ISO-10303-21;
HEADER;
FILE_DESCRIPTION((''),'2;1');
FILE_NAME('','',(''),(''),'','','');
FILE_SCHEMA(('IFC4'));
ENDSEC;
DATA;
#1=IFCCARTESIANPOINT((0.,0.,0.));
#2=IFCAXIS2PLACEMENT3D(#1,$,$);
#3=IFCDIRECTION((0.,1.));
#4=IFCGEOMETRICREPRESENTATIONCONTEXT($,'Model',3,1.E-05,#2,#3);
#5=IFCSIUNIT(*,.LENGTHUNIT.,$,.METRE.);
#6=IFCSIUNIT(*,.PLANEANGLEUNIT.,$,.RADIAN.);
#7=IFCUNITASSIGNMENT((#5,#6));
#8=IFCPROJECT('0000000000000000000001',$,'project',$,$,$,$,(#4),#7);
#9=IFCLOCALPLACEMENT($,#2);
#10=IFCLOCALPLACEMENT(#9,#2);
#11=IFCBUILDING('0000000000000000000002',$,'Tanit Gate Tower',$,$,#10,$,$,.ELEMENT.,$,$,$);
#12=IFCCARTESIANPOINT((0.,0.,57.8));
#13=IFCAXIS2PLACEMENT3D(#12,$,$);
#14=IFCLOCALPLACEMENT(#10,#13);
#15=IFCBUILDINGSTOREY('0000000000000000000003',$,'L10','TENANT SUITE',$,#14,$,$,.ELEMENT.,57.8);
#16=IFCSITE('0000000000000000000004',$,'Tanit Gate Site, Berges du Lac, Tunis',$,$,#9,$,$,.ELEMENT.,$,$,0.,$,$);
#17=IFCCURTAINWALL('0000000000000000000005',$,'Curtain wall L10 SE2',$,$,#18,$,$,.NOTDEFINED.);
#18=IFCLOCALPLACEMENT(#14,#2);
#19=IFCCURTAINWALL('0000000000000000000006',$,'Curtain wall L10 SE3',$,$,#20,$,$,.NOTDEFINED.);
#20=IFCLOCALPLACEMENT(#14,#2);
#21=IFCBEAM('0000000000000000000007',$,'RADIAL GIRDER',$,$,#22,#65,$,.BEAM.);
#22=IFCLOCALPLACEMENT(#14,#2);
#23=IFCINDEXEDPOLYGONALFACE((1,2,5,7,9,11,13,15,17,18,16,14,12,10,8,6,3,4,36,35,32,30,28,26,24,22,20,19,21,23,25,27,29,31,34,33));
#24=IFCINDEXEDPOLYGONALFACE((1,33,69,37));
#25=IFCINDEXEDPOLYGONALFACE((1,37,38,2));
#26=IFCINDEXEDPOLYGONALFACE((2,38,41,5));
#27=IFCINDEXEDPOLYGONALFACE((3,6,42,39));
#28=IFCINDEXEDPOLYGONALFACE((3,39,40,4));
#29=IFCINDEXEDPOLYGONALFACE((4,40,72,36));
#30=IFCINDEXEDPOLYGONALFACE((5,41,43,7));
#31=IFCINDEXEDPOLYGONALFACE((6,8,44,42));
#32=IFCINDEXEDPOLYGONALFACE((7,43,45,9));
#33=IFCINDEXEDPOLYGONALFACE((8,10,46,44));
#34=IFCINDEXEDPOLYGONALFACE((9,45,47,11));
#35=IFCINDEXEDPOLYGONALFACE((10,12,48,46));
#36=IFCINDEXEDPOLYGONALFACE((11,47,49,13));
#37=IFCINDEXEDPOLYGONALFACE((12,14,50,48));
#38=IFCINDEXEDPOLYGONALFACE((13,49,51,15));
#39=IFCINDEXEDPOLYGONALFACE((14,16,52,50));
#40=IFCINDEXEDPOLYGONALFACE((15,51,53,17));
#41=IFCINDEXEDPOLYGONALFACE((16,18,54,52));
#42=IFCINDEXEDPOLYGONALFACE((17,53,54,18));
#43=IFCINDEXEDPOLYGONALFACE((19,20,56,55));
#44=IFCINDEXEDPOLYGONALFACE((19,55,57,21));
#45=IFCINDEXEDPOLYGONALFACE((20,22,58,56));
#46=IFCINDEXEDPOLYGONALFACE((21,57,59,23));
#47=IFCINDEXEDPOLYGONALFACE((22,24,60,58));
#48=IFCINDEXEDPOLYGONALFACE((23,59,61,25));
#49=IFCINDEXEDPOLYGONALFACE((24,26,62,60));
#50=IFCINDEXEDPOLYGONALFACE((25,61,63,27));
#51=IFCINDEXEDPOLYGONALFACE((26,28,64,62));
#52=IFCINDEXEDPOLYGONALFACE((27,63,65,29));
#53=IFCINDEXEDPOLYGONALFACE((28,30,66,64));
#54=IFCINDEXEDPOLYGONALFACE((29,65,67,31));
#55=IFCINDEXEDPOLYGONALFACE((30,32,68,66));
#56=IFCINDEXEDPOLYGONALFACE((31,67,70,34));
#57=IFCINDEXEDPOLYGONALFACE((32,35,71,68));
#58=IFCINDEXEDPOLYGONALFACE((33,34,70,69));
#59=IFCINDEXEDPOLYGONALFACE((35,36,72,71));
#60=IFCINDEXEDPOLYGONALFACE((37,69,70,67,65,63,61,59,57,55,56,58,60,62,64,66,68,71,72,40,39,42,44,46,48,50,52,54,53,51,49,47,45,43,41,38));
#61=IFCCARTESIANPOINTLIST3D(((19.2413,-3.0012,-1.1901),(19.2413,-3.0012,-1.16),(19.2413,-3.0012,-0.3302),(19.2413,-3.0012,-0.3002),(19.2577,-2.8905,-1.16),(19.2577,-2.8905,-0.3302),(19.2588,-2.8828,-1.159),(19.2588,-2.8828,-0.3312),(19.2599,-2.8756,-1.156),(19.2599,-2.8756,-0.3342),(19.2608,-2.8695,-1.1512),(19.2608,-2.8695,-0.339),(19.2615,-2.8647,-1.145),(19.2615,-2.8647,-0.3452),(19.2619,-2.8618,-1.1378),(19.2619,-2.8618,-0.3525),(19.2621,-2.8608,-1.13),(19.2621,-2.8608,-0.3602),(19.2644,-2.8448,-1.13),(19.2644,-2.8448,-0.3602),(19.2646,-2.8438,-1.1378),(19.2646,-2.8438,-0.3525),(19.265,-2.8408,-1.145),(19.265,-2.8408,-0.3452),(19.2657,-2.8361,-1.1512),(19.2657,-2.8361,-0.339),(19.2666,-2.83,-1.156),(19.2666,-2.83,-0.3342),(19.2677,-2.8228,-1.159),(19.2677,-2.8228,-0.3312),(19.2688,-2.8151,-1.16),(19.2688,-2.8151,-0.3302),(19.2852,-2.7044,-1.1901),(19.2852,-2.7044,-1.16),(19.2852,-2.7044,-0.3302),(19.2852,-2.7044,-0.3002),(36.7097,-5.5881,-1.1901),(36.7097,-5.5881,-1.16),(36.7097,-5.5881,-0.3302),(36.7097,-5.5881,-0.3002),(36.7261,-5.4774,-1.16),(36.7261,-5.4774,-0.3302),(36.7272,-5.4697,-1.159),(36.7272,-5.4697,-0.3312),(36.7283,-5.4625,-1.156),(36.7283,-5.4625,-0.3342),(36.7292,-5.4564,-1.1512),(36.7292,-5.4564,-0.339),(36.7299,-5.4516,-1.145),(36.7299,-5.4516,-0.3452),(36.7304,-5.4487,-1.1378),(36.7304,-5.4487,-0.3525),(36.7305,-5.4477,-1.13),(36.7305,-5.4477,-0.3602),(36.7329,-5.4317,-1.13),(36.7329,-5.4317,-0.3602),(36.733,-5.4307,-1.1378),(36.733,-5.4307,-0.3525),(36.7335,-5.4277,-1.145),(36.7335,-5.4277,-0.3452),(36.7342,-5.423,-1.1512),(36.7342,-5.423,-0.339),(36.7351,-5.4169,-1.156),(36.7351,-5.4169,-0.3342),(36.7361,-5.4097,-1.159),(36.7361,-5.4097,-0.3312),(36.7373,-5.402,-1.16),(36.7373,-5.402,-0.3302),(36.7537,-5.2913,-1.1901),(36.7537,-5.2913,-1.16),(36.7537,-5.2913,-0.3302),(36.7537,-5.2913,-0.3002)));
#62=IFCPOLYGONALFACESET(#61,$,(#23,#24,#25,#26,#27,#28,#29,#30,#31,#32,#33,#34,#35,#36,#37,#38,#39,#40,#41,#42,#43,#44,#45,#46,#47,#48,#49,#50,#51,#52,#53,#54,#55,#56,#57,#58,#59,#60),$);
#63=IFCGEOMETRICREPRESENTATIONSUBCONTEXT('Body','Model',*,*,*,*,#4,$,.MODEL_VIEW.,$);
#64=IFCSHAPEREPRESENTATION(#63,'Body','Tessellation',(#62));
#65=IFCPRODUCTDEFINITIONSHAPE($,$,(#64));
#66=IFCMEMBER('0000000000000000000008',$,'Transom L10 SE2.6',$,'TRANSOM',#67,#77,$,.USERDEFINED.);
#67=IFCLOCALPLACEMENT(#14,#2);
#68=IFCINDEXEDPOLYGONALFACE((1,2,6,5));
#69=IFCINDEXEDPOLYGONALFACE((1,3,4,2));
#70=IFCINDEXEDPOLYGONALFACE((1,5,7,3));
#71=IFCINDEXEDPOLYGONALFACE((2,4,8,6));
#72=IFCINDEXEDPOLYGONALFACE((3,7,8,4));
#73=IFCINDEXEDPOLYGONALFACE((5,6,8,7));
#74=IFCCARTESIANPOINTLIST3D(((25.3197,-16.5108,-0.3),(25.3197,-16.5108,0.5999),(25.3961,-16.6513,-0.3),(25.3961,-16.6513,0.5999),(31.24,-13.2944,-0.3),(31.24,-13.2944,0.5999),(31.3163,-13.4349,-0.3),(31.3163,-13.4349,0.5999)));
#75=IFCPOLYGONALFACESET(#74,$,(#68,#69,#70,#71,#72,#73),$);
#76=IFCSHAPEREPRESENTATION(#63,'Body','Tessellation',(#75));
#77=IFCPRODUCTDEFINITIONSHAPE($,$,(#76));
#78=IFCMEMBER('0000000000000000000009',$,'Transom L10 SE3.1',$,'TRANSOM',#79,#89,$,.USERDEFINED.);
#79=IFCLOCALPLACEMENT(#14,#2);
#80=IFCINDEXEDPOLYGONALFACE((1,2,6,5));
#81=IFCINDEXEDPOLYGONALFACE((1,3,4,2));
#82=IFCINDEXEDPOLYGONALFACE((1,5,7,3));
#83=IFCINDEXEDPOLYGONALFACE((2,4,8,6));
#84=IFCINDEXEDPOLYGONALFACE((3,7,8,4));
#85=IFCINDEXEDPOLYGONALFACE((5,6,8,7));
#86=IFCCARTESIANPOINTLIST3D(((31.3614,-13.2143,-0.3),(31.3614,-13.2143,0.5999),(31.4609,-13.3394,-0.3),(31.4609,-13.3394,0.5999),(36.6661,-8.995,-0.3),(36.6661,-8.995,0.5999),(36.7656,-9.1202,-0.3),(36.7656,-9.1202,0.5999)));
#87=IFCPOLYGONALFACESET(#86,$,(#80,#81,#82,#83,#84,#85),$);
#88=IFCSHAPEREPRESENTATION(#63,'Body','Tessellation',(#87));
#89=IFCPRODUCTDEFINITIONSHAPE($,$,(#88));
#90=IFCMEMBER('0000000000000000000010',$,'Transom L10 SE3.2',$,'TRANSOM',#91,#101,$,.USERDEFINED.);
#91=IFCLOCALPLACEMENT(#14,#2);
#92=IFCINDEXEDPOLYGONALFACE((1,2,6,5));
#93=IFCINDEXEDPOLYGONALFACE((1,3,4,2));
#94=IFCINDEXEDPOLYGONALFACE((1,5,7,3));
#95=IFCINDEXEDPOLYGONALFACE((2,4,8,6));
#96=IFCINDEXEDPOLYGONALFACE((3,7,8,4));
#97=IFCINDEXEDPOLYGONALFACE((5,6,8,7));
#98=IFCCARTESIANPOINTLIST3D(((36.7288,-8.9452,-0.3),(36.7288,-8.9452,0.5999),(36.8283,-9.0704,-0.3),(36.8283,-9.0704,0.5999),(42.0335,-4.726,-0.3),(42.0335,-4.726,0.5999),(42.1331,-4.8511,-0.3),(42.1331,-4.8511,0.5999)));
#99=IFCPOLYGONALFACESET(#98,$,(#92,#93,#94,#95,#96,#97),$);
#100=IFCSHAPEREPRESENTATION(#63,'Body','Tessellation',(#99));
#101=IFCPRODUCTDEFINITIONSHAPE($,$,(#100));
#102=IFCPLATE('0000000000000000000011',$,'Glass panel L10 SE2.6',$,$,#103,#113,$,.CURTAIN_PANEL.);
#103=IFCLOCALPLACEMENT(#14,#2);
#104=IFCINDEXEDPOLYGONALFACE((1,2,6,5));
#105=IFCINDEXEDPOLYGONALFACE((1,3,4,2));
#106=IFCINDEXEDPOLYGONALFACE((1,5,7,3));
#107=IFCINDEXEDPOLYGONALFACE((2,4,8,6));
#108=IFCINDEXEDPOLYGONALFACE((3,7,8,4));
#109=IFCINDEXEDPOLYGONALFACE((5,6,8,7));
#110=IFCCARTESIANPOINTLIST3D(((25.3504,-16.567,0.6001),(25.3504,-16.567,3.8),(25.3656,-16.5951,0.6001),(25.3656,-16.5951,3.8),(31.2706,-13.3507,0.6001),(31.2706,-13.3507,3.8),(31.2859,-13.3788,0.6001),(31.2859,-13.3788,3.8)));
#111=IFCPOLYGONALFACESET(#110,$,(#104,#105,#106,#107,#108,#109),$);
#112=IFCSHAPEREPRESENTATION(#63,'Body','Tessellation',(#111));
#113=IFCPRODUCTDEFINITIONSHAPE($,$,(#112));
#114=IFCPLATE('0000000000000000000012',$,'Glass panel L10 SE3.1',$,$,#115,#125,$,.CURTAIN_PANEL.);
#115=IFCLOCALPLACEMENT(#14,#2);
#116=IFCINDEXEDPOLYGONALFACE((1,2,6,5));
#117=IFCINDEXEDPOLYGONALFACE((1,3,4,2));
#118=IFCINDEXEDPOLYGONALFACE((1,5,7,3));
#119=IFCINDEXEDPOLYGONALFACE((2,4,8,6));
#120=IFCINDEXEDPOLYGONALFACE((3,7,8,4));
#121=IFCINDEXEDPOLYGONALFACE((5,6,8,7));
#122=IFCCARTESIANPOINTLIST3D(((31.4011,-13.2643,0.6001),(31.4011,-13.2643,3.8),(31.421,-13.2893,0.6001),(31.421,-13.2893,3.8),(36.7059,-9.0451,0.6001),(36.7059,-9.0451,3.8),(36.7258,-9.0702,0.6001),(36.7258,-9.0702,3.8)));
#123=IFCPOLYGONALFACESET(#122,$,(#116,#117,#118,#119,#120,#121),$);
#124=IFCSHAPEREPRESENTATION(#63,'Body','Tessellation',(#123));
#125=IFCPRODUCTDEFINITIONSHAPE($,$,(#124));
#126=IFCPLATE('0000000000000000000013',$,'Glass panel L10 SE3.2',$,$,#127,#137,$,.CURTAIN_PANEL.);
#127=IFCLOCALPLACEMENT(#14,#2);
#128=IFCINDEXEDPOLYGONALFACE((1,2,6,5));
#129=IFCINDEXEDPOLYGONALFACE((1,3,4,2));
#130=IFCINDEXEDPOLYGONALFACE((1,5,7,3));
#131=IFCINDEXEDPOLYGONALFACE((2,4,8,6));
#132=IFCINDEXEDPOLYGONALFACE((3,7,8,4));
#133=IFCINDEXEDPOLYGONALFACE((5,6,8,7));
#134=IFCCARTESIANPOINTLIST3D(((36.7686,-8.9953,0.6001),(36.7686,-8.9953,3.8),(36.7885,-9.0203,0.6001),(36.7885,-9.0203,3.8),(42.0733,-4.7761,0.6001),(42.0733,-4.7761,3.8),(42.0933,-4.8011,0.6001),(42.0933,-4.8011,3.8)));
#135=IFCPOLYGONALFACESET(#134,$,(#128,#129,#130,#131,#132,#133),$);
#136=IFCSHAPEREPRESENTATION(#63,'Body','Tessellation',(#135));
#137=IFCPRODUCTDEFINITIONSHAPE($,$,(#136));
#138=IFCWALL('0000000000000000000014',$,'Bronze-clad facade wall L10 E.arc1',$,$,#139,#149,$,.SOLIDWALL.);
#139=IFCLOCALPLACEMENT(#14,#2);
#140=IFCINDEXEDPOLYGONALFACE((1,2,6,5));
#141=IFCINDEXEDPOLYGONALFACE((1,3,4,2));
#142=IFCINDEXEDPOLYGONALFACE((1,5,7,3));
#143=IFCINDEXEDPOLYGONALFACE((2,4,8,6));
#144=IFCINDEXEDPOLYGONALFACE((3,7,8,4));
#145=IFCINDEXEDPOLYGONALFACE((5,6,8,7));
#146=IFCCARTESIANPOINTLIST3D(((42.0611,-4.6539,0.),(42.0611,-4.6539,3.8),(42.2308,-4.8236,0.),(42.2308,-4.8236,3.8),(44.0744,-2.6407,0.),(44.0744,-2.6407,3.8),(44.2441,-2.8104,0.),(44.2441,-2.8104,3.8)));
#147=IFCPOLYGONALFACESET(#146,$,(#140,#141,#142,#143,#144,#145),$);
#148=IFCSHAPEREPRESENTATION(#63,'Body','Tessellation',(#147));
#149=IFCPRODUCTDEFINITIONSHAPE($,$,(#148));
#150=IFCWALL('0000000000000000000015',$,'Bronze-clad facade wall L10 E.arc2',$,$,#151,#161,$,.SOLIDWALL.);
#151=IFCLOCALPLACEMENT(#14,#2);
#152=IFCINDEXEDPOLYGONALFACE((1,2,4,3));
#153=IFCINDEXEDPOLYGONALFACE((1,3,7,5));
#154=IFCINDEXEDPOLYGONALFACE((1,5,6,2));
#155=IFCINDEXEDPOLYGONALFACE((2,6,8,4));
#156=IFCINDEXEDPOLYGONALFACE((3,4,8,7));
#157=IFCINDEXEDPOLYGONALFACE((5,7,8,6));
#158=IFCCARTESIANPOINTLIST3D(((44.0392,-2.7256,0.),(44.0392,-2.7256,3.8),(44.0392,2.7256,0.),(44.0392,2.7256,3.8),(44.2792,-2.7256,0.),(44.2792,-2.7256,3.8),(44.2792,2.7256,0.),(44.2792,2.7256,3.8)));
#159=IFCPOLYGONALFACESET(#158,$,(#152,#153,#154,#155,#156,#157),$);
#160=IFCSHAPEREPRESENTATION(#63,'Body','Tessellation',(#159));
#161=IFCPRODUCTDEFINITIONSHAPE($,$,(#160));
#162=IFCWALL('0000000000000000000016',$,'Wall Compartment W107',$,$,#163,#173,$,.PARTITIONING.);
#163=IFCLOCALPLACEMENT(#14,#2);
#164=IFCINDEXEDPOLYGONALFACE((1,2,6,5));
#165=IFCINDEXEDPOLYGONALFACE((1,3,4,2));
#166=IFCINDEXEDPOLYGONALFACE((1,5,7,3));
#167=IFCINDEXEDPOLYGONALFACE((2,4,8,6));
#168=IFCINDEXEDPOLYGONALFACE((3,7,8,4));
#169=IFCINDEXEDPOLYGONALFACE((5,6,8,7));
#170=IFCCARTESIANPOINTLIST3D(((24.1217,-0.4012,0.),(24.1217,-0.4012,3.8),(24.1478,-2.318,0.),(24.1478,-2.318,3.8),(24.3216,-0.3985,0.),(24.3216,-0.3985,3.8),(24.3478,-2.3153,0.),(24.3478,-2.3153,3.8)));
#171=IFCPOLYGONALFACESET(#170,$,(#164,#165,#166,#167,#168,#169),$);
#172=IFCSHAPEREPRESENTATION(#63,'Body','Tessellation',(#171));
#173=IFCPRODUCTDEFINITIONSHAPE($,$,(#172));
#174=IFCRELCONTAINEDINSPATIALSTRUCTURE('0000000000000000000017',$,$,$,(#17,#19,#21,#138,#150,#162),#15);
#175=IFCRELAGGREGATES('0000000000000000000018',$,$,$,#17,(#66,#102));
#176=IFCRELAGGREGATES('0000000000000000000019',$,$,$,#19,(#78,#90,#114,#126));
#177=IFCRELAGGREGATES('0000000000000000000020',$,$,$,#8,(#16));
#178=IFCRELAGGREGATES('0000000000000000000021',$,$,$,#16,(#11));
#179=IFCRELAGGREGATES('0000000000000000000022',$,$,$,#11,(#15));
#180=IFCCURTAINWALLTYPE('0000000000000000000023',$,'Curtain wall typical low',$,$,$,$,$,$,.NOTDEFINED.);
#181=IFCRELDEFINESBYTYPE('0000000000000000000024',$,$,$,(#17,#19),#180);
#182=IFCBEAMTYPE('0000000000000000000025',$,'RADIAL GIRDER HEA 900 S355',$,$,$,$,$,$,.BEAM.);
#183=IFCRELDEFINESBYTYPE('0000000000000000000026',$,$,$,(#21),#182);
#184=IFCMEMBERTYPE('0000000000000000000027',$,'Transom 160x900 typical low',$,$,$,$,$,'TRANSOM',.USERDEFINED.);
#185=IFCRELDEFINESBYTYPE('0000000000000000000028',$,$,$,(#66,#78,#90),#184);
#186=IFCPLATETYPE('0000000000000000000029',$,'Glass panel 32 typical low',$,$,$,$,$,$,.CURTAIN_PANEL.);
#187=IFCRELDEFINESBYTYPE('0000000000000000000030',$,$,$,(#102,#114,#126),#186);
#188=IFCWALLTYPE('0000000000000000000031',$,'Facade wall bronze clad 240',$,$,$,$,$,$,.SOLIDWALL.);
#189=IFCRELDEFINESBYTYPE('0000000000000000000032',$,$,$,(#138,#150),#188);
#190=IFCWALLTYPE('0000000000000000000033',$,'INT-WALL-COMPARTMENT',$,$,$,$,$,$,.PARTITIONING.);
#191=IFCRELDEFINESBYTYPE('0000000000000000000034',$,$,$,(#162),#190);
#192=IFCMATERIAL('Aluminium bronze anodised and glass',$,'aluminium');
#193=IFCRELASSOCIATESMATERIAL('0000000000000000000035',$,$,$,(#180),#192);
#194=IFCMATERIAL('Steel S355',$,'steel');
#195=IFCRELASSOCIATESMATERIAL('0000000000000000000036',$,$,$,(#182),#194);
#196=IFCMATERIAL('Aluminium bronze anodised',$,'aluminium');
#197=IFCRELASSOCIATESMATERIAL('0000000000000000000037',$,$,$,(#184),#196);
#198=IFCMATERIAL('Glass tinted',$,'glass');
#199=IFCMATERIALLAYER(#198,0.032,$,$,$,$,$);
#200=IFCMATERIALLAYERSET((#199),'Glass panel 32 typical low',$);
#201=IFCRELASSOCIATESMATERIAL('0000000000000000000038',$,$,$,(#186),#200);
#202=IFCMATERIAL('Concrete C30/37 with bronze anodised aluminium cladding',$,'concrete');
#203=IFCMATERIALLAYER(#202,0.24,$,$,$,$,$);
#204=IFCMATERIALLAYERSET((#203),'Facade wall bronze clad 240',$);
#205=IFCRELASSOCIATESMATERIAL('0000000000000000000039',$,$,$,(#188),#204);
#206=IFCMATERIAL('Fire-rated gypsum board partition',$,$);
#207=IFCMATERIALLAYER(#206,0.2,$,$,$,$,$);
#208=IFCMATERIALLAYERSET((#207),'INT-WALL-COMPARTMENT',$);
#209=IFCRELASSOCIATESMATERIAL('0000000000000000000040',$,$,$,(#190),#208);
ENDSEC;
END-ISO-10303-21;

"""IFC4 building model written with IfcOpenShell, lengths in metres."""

from ifc_helpers import new_model, si_unit, direction, frame, frame_2d, origin, origin_2d, place, context, subcontext, project, spatial, rectangle, i_section, extrude, material, layer, layer_set, material_profile, profile_set, type_object, element, aggregate, save


model = new_model("IFC4")

# Units and contexts
model_context = context("Model", 3, precision=1e-05, world=origin(), true_north=direction((0.0, 1.0)))
body_context = subcontext(model_context, "Body", "Model", "MODEL_VIEW")
ifc_project = project(units=[si_unit("LENGTHUNIT", "METRE"), si_unit("PLANEANGLEUNIT", "RADIAN")], contexts=[model_context])

# Site, building, storey
site_placement = place(None, origin())
site = spatial("IfcSite", under=ifc_project, at=site_placement, Name="Tanit Gate Site, Berges du Lac, Tunis", CompositionType="ELEMENT", RefElevation=0.0)
building_placement = place(site_placement, origin())
building = spatial("IfcBuilding", under=site, at=building_placement, Name="Tanit Gate Tower", CompositionType="ELEMENT")
storey_placement = place(building_placement, frame((0.0, 0.0, 57.8)))
storey = spatial("IfcBuildingStorey", under=building, at=storey_placement, Name="L10", Description="TENANT SUITE", CompositionType="ELEMENT", Elevation=57.8)

# Curtain wall
ifc_material_1 = material(Name="Aluminium bronze anodised and glass", Category="aluminium")
curtain_wall_type = type_object("IfcCurtainWallType", Name="Curtain wall typical low", PredefinedType="NOTDEFINED", material=ifc_material_1)
curtain_wall_1_placement = place(storey_placement, origin())
curtain_wall_1 = element("IfcCurtainWall", 1, at=curtain_wall_1_placement, inside=storey, type_object=curtain_wall_type, Name="Curtain wall L10 SE2", PredefinedType="NOTDEFINED")

# Curtain wall
curtain_wall_2_placement = place(storey_placement, origin())
curtain_wall_2 = element("IfcCurtainWall", 2, at=curtain_wall_2_placement, inside=storey, type_object=curtain_wall_type, Name="Curtain wall L10 SE3", PredefinedType="NOTDEFINED")

# Beam
ifc_material_2 = material(Name="Steel S355", Category="steel")
ifc_material_profile_1 = material_profile(ifc_material_2, i_section(OverallWidth=0.3, OverallDepth=0.8899, WebThickness=0.0161, FlangeThickness=0.03, FilletRadius=0.03, at=origin_2d()), Name="HEA 900")
ifc_profile_set_1 = profile_set([ifc_material_profile_1], Name="Steel S355")
beam_type_1 = type_object("IfcBeamType", Name="RADIAL GIRDER HEA 900 S355", PredefinedType="BEAM", material=ifc_profile_set_1)
beam_1_placement = place(storey_placement, frame((36.7317, -5.4397, -0.7451), z_axis=(-0.989212, 0.146493, 0.0), x_axis=(-0.146493, -0.989212, 0.0)))
element("IfcBeam", 3, at=beam_1_placement, inside=storey, type_object=beam_type_1, Name="RADIAL GIRDER", PredefinedType="BEAM", context=body_context, shape_type="SweptSolid", body=[
    extrude(i_section(OverallWidth=0.3, OverallDepth=0.8899, WebThickness=0.0161, FlangeThickness=0.03, FilletRadius=0.03, at=origin_2d()), origin(), (0.0, 0.0, 1.0), 17.6589),
])

# Members
ifc_material_3 = material(Name="Aluminium bronze anodised", Category="aluminium")
ifc_material_profile_2 = material_profile(ifc_material_3, rectangle(XDim=0.1599, YDim=0.8999, at=origin_2d()), Name="160x900 bronze transom")
ifc_profile_set_2 = profile_set([ifc_material_profile_2], Name="Aluminium bronze anodised")
member_type_1 = type_object("IfcMemberType", Name="Transom 160x900 typical low", ElementType="TRANSOM", PredefinedType="USERDEFINED", material=ifc_profile_set_2)
member_1_placement = place(storey_placement, frame((25.3579, -16.5811, 0.1499), z_axis=(0.878698, 0.477379, 0.0), x_axis=(-0.477379, 0.878698, 0.0)))
member_1 = element("IfcMember", 4, at=member_1_placement, type_object=member_type_1, Name="Transom L10 SE2.6", ObjectType="TRANSOM", PredefinedType="USERDEFINED", context=body_context, shape_type="SweptSolid", body=[
    extrude(rectangle(XDim=0.1599, YDim=0.8999, at=origin_2d()), origin(), (0.0, 0.0, 1.0), 6.7375),
])
member_2_placement = place(storey_placement, frame((31.4111, -13.2769, 0.1499), z_axis=(0.78263, 0.622487, 0.0), x_axis=(-0.622487, 0.78263, 0.0)))
member_2 = element("IfcMember", 5, at=member_2_placement, type_object=member_type_1, Name="Transom L10 SE3.1", ObjectType="TRANSOM", PredefinedType="USERDEFINED", context=body_context, shape_type="SweptSolid", body=[
    extrude(rectangle(XDim=0.1599, YDim=0.8999, at=origin_2d()), origin(), (0.0, 0.0, 1.0), 6.7781),
])
member_3_placement = place(storey_placement, frame((36.7786, -9.0078, 0.1499), z_axis=(0.78263, 0.622487, 0.0), x_axis=(-0.622487, 0.78263, 0.0)))
member_3 = element("IfcMember", 6, at=member_3_placement, type_object=member_type_1, Name="Transom L10 SE3.2", ObjectType="TRANSOM", PredefinedType="USERDEFINED", context=body_context, shape_type="SweptSolid", body=[
    extrude(rectangle(XDim=0.1599, YDim=0.8999, at=origin_2d()), origin(), (0.0, 0.0, 1.0), 6.7781),
])

# Plates
ifc_material_4 = material(Name="Glass tinted", Category="glass")
ifc_layer_1 = layer(ifc_material_4, 0.032)
ifc_layer_set_1 = layer_set([ifc_layer_1], Name="Glass panel 32 typical low")
plate_type = type_object("IfcPlateType", Name="Glass panel 32 typical low", PredefinedType="CURTAIN_PANEL", material=ifc_layer_set_1)
plate_1_placement = place(storey_placement, frame((28.3181, -14.9729, 0.6001), z_axis=(0.0, 0.0, 1.0), x_axis=(0.878696, 0.477381, 0.0)))
plate_1 = element("IfcPlate", 7, at=plate_1_placement, type_object=plate_type, Name="Glass panel L10 SE2.6", PredefinedType="CURTAIN_PANEL", context=body_context, shape_type="SweptSolid", body=[
    extrude(rectangle(XDim=6.7375, YDim=0.032, at=origin_2d()), origin(), (0.0, 0.0, 1.0), 3.2),
])
aggregate(curtain_wall_1, [member_1, plate_1])
plate_2_placement = place(storey_placement, frame((34.0635, -11.1672, 0.6001), z_axis=(0.0, 0.0, 1.0), x_axis=(0.782639, 0.622475, 0.0)))
plate_2 = element("IfcPlate", 8, at=plate_2_placement, type_object=plate_type, Name="Glass panel L10 SE3.1", PredefinedType="CURTAIN_PANEL", context=body_context, shape_type="SweptSolid", body=[
    extrude(rectangle(XDim=6.7781, YDim=0.032, at=origin_2d()), origin(), (0.0, 0.0, 1.0), 3.2),
])
plate_3_placement = place(storey_placement, frame((39.4309, -6.8982, 0.6001), z_axis=(0.0, 0.0, 1.0), x_axis=(0.782639, 0.622475, 0.0)))
plate_3 = element("IfcPlate", 9, at=plate_3_placement, type_object=plate_type, Name="Glass panel L10 SE3.2", PredefinedType="CURTAIN_PANEL", context=body_context, shape_type="SweptSolid", body=[
    extrude(rectangle(XDim=6.7781, YDim=0.032, at=origin_2d()), origin(), (0.0, 0.0, 1.0), 3.2),
])
aggregate(curtain_wall_2, [member_2, member_3, plate_2, plate_3])

# Walls
ifc_material_5 = material(Name="Concrete C30/37 with bronze anodised aluminium cladding", Category="concrete")
ifc_layer_2 = layer(ifc_material_5, 0.24)
ifc_layer_set_2 = layer_set([ifc_layer_2], Name="Facade wall bronze clad 240")
wall_type_1 = type_object("IfcWallType", Name="Facade wall bronze clad 240", PredefinedType="SOLIDWALL", material=ifc_layer_set_2)
wall_1_placement = place(storey_placement, frame((42.146, -4.7388, 0.0), z_axis=(0.0, 0.0, 1.0), x_axis=(0.707107, 0.707107, 0.0)))
element("IfcWall", 10, at=wall_1_placement, inside=storey, type_object=wall_type_1, Name="Bronze-clad facade wall L10 E.arc1", PredefinedType="SOLIDWALL", context=body_context, shape_type="SweptSolid", body=[
    extrude(rectangle(XDim=2.8472, YDim=0.24, at=frame_2d((1.4236, 0.0))), origin(), (0.0, 0.0, 1.0), 3.8),
])
wall_2_placement = place(storey_placement, frame((44.1592, -2.7256, 0.0), z_axis=(0.0, 0.0, 1.0), x_axis=(0.0, 1.0, 0.0)))
element("IfcWall", 11, at=wall_2_placement, inside=storey, type_object=wall_type_1, Name="Bronze-clad facade wall L10 E.arc2", PredefinedType="SOLIDWALL", context=body_context, shape_type="SweptSolid", body=[
    extrude(rectangle(XDim=5.4512, YDim=0.24, at=frame_2d((2.7256, 0.0))), origin(), (0.0, 0.0, 1.0), 3.8),
])
ifc_material_6 = material(Name="Fire-rated gypsum board partition")
ifc_layer_3 = layer(ifc_material_6, 0.2)
ifc_layer_set_3 = layer_set([ifc_layer_3], Name="INT-WALL-COMPARTMENT")
wall_type_2 = type_object("IfcWallType", Name="INT-WALL-COMPARTMENT", PredefinedType="PARTITIONING", material=ifc_layer_set_3)
wall_3_placement = place(storey_placement, frame((24.2478, -2.3167, 0.0), z_axis=(0.0, 0.0, 1.0), x_axis=(-0.013628, 0.999907, 0.0)))
element("IfcWall", 12, at=wall_3_placement, inside=storey, type_object=wall_type_2, Name="Wall Compartment W107", PredefinedType="PARTITIONING", context=body_context, shape_type="SweptSolid", body=[
    extrude(rectangle(XDim=1.917, YDim=0.2, at=frame_2d((0.9585, 0.0))), origin(), (0.0, 0.0, 1.0), 3.8),
])

save(model, "model.ifc")
